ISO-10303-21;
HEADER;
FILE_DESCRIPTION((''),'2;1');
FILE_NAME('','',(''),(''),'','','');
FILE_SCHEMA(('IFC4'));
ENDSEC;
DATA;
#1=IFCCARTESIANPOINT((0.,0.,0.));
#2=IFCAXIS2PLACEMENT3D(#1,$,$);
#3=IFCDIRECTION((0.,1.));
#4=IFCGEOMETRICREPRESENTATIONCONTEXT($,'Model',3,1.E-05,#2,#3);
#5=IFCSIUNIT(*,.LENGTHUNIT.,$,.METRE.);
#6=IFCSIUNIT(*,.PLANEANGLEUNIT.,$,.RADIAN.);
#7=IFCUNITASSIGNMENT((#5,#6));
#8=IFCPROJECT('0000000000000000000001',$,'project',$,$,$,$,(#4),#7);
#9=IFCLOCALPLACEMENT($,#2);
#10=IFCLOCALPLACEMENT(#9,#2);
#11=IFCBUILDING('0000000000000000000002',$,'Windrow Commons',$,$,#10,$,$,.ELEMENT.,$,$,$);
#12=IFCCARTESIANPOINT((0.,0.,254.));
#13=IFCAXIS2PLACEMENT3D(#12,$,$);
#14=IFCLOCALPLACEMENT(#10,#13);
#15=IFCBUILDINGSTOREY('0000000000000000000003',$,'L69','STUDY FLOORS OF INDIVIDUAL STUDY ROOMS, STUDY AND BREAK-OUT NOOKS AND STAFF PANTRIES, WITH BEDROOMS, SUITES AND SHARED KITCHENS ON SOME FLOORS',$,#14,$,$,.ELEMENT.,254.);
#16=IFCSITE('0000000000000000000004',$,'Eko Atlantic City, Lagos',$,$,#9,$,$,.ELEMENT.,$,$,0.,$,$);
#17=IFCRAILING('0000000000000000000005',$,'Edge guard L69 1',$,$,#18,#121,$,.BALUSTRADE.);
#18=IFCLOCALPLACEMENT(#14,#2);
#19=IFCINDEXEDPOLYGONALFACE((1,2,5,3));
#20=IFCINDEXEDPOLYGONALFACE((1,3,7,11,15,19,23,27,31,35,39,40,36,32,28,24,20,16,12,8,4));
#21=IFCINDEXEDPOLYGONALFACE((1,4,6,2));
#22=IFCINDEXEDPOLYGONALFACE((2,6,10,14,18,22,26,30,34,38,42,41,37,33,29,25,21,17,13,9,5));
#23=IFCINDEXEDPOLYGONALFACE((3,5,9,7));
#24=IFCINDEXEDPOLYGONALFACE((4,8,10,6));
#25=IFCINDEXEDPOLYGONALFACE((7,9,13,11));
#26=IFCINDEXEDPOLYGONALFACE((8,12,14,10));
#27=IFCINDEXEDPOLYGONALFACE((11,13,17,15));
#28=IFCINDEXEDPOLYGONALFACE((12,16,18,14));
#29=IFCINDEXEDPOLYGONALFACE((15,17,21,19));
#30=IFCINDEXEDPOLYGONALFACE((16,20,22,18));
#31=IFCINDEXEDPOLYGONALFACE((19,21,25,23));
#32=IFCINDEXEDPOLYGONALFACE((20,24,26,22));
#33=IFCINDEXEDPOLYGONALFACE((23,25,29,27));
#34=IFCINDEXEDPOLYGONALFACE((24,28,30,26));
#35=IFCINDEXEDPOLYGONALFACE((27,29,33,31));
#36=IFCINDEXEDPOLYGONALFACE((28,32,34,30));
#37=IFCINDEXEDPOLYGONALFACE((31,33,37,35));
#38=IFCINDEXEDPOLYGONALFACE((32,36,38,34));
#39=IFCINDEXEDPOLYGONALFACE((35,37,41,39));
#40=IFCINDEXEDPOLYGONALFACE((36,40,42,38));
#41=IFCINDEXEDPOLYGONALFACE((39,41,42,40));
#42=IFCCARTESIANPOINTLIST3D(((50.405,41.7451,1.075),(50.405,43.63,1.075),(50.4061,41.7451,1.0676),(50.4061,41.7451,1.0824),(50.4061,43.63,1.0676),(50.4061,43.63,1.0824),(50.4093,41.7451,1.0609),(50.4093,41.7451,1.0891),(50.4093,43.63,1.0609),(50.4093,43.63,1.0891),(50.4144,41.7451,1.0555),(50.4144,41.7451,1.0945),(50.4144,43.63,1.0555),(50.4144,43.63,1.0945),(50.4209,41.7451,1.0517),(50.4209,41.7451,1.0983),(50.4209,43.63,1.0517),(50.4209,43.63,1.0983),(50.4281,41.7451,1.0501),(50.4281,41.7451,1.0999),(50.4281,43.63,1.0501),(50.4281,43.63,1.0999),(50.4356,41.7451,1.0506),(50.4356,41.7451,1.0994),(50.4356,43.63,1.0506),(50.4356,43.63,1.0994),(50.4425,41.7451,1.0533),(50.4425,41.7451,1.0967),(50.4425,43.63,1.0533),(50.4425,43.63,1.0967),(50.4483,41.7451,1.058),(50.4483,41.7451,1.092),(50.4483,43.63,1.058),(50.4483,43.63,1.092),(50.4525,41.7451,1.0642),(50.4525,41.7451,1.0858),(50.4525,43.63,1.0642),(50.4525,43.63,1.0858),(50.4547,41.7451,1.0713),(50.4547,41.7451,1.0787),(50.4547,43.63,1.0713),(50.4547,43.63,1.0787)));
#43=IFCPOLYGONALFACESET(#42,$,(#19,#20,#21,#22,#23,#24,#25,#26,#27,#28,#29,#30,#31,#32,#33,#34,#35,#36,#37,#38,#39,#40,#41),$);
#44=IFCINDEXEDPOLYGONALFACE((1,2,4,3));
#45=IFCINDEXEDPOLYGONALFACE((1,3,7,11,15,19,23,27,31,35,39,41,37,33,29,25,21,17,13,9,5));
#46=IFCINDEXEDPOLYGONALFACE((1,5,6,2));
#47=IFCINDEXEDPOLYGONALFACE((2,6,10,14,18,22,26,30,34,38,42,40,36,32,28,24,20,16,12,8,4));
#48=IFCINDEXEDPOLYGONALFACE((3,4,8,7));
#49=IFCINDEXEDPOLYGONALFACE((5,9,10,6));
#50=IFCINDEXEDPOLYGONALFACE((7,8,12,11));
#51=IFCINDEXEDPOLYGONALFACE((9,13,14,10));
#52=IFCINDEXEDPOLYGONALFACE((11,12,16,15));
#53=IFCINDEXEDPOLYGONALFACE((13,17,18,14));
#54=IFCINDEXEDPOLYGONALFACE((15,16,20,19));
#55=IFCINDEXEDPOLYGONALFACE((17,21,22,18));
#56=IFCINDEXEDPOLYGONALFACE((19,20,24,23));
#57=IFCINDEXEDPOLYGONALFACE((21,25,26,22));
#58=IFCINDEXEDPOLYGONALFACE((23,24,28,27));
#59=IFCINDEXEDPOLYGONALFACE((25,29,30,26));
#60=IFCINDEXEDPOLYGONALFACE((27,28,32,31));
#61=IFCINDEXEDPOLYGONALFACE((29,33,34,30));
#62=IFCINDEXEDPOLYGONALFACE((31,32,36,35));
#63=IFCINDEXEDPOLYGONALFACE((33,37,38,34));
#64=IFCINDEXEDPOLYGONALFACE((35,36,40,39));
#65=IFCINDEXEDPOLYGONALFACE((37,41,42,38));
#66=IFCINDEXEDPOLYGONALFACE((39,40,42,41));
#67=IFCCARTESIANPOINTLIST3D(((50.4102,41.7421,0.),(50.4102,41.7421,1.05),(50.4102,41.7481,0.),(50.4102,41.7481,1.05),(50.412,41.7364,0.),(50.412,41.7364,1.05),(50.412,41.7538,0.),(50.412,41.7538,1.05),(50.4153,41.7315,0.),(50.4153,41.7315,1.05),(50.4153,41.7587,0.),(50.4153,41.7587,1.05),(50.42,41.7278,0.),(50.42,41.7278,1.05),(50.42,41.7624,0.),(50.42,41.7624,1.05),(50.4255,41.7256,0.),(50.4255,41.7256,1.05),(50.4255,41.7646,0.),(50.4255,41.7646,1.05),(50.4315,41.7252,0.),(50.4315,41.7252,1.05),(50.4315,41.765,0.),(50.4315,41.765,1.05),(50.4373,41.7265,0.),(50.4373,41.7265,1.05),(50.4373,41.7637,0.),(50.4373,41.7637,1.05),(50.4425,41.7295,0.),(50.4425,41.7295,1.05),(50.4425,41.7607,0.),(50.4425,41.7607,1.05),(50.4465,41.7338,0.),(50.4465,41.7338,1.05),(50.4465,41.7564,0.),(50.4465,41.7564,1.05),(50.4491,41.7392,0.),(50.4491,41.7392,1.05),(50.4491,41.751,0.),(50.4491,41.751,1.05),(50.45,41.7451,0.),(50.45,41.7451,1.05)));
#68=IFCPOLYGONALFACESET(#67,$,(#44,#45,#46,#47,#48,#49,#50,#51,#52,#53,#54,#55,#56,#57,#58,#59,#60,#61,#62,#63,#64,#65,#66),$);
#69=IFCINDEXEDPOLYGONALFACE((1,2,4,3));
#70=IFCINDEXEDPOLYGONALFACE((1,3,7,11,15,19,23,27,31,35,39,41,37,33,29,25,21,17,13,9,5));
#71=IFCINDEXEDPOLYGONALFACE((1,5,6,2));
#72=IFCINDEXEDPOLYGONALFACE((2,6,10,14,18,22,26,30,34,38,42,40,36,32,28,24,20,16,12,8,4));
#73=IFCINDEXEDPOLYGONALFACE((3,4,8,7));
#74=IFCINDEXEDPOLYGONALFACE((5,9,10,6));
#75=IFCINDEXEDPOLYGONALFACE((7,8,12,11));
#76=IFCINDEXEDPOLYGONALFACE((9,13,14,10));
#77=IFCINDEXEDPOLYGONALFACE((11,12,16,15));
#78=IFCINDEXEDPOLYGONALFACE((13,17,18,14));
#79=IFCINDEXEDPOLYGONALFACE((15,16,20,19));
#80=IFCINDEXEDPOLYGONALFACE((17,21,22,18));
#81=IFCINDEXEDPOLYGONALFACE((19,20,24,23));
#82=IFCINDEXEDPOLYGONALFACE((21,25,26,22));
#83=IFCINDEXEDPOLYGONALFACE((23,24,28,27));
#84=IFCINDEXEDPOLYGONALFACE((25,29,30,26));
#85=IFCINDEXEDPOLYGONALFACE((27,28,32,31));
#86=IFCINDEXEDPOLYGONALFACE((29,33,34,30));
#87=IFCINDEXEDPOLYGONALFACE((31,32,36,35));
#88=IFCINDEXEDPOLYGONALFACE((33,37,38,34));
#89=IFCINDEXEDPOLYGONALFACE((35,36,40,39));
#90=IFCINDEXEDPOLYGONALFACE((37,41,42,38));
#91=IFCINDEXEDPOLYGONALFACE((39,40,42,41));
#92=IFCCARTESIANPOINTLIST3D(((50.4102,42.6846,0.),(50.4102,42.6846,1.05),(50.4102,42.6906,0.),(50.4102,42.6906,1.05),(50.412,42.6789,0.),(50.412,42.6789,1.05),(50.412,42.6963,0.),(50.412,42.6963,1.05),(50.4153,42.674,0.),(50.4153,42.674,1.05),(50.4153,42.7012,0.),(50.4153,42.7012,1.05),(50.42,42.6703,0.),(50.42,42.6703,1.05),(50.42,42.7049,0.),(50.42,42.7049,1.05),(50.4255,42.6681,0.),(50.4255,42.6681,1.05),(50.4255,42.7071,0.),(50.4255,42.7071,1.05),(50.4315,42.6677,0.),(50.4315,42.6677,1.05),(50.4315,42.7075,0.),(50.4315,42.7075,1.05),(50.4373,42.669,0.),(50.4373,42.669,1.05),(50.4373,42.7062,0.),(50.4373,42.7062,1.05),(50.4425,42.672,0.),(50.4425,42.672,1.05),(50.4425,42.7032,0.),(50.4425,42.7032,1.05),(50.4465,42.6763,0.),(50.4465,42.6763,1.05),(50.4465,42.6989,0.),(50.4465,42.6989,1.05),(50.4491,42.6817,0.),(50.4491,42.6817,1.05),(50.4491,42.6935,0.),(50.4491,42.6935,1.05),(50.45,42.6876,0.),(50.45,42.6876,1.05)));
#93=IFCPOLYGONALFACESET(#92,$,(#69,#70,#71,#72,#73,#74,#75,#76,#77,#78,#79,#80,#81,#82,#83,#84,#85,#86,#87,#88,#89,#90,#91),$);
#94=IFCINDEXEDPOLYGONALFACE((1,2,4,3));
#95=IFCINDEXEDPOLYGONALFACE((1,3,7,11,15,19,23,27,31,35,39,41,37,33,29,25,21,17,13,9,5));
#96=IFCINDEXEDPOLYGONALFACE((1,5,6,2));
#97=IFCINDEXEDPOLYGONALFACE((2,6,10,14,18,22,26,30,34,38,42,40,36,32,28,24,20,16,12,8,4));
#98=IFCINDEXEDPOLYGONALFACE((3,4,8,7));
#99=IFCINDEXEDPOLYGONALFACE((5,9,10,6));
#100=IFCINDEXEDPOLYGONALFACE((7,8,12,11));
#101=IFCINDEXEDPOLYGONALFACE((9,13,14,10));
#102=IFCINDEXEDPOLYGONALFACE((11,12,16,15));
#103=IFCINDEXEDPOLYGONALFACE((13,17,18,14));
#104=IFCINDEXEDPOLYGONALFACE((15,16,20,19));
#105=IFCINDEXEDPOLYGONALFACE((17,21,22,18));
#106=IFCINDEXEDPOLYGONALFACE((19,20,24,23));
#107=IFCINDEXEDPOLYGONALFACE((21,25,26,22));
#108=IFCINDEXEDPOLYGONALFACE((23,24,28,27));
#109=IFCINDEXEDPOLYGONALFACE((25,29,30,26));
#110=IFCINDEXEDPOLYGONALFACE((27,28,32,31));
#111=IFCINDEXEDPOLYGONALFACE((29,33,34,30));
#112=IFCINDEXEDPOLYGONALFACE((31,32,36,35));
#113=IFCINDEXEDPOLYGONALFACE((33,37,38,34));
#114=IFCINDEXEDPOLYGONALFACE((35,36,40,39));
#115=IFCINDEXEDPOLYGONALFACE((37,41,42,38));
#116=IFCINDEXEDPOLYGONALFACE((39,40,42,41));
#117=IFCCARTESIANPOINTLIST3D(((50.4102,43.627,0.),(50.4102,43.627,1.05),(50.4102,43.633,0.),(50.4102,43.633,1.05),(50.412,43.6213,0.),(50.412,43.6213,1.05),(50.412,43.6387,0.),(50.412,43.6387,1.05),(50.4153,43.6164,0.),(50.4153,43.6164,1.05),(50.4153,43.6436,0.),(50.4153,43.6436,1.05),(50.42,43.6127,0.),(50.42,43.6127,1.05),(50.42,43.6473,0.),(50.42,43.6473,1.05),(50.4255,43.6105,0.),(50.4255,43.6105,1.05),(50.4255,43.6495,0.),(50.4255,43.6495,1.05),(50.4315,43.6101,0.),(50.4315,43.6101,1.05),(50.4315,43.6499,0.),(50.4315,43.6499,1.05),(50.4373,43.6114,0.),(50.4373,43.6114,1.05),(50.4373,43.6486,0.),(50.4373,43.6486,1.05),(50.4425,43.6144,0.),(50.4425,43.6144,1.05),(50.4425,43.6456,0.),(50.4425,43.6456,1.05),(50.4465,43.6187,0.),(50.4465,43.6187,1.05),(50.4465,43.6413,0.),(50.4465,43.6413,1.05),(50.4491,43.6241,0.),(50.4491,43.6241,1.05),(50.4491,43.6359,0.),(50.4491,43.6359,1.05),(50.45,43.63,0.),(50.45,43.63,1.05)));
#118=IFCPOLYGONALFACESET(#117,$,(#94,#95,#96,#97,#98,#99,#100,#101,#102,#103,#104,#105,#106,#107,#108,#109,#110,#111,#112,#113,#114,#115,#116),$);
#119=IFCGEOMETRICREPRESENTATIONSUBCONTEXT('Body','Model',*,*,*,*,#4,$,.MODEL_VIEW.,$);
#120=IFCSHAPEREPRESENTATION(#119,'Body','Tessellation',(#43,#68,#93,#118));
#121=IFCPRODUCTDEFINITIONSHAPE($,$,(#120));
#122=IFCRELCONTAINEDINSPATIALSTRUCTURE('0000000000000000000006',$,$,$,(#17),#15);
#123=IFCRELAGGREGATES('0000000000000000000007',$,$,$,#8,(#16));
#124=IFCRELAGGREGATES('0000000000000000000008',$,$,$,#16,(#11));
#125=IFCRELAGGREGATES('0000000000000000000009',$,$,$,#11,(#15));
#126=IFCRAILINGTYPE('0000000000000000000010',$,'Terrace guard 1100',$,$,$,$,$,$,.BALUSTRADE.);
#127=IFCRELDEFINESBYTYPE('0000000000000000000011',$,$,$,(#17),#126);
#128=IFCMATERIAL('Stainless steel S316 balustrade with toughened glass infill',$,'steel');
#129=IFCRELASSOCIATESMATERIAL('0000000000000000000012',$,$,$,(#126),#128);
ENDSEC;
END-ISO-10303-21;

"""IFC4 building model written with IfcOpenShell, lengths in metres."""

from ifc_helpers import new_model, si_unit, direction, frame, origin, origin_2d, place, context, subcontext, project, spatial, circle, extrude, material, type_object, element, save


model = new_model("IFC4")

# Units and contexts
model_context = context("Model", 3, precision=1e-05, world=origin(), true_north=direction((0.0, 1.0)))
body_context = subcontext(model_context, "Body", "Model", "MODEL_VIEW")
ifc_project = project(units=[si_unit("LENGTHUNIT", "METRE"), si_unit("PLANEANGLEUNIT", "RADIAN")], contexts=[model_context])

# Site, building, storey
site_placement = place(None, origin())
site = spatial("IfcSite", under=ifc_project, at=site_placement, Name="Eko Atlantic City, Lagos", CompositionType="ELEMENT", RefElevation=0.0)
building_placement = place(site_placement, origin())
building = spatial("IfcBuilding", under=site, at=building_placement, Name="Windrow Commons", CompositionType="ELEMENT")
storey_placement = place(building_placement, frame((0.0, 0.0, 254.0)))
storey = spatial("IfcBuildingStorey", under=building, at=storey_placement, Name="L69", Description="STUDY FLOORS OF INDIVIDUAL STUDY ROOMS, STUDY AND BREAK-OUT NOOKS AND STAFF PANTRIES, WITH BEDROOMS, SUITES AND SHARED KITCHENS ON SOME FLOORS", CompositionType="ELEMENT", Elevation=254.0)

# Railing
ifc_material_1 = material(Name="Stainless steel S316 balustrade with toughened glass infill", Category="steel")
railing_type = type_object("IfcRailingType", Name="Terrace guard 1100", PredefinedType="BALUSTRADE", material=ifc_material_1)
railing_placement = place(storey_placement, frame((50.43, 41.7451, 0.0)))
element("IfcRailing", 1, at=railing_placement, inside=storey, type_object=railing_type, Name="Edge guard L69 1", PredefinedType="BALUSTRADE", context=body_context, shape_type="SweptSolid", body=[
    extrude(circle(Radius=0.025, at=origin_2d()), frame((0.0, 0.0, 1.075), z_axis=(0.0, 1.0, 0.0), x_axis=(-1.0, 0.0, 0.0)), (0.0, 0.0, 1.0), 1.8849),
    extrude(circle(Radius=0.02, at=origin_2d()), origin(), (0.0, 0.0, 1.0), 1.05),
    extrude(circle(Radius=0.02, at=origin_2d()), frame((0.0, 0.9425, 0.0)), (0.0, 0.0, 1.0), 1.05),
    extrude(circle(Radius=0.02, at=origin_2d()), frame((0.0, 1.8849, 0.0)), (0.0, 0.0, 1.0), 1.05),
])

save(model, "model.ifc")
